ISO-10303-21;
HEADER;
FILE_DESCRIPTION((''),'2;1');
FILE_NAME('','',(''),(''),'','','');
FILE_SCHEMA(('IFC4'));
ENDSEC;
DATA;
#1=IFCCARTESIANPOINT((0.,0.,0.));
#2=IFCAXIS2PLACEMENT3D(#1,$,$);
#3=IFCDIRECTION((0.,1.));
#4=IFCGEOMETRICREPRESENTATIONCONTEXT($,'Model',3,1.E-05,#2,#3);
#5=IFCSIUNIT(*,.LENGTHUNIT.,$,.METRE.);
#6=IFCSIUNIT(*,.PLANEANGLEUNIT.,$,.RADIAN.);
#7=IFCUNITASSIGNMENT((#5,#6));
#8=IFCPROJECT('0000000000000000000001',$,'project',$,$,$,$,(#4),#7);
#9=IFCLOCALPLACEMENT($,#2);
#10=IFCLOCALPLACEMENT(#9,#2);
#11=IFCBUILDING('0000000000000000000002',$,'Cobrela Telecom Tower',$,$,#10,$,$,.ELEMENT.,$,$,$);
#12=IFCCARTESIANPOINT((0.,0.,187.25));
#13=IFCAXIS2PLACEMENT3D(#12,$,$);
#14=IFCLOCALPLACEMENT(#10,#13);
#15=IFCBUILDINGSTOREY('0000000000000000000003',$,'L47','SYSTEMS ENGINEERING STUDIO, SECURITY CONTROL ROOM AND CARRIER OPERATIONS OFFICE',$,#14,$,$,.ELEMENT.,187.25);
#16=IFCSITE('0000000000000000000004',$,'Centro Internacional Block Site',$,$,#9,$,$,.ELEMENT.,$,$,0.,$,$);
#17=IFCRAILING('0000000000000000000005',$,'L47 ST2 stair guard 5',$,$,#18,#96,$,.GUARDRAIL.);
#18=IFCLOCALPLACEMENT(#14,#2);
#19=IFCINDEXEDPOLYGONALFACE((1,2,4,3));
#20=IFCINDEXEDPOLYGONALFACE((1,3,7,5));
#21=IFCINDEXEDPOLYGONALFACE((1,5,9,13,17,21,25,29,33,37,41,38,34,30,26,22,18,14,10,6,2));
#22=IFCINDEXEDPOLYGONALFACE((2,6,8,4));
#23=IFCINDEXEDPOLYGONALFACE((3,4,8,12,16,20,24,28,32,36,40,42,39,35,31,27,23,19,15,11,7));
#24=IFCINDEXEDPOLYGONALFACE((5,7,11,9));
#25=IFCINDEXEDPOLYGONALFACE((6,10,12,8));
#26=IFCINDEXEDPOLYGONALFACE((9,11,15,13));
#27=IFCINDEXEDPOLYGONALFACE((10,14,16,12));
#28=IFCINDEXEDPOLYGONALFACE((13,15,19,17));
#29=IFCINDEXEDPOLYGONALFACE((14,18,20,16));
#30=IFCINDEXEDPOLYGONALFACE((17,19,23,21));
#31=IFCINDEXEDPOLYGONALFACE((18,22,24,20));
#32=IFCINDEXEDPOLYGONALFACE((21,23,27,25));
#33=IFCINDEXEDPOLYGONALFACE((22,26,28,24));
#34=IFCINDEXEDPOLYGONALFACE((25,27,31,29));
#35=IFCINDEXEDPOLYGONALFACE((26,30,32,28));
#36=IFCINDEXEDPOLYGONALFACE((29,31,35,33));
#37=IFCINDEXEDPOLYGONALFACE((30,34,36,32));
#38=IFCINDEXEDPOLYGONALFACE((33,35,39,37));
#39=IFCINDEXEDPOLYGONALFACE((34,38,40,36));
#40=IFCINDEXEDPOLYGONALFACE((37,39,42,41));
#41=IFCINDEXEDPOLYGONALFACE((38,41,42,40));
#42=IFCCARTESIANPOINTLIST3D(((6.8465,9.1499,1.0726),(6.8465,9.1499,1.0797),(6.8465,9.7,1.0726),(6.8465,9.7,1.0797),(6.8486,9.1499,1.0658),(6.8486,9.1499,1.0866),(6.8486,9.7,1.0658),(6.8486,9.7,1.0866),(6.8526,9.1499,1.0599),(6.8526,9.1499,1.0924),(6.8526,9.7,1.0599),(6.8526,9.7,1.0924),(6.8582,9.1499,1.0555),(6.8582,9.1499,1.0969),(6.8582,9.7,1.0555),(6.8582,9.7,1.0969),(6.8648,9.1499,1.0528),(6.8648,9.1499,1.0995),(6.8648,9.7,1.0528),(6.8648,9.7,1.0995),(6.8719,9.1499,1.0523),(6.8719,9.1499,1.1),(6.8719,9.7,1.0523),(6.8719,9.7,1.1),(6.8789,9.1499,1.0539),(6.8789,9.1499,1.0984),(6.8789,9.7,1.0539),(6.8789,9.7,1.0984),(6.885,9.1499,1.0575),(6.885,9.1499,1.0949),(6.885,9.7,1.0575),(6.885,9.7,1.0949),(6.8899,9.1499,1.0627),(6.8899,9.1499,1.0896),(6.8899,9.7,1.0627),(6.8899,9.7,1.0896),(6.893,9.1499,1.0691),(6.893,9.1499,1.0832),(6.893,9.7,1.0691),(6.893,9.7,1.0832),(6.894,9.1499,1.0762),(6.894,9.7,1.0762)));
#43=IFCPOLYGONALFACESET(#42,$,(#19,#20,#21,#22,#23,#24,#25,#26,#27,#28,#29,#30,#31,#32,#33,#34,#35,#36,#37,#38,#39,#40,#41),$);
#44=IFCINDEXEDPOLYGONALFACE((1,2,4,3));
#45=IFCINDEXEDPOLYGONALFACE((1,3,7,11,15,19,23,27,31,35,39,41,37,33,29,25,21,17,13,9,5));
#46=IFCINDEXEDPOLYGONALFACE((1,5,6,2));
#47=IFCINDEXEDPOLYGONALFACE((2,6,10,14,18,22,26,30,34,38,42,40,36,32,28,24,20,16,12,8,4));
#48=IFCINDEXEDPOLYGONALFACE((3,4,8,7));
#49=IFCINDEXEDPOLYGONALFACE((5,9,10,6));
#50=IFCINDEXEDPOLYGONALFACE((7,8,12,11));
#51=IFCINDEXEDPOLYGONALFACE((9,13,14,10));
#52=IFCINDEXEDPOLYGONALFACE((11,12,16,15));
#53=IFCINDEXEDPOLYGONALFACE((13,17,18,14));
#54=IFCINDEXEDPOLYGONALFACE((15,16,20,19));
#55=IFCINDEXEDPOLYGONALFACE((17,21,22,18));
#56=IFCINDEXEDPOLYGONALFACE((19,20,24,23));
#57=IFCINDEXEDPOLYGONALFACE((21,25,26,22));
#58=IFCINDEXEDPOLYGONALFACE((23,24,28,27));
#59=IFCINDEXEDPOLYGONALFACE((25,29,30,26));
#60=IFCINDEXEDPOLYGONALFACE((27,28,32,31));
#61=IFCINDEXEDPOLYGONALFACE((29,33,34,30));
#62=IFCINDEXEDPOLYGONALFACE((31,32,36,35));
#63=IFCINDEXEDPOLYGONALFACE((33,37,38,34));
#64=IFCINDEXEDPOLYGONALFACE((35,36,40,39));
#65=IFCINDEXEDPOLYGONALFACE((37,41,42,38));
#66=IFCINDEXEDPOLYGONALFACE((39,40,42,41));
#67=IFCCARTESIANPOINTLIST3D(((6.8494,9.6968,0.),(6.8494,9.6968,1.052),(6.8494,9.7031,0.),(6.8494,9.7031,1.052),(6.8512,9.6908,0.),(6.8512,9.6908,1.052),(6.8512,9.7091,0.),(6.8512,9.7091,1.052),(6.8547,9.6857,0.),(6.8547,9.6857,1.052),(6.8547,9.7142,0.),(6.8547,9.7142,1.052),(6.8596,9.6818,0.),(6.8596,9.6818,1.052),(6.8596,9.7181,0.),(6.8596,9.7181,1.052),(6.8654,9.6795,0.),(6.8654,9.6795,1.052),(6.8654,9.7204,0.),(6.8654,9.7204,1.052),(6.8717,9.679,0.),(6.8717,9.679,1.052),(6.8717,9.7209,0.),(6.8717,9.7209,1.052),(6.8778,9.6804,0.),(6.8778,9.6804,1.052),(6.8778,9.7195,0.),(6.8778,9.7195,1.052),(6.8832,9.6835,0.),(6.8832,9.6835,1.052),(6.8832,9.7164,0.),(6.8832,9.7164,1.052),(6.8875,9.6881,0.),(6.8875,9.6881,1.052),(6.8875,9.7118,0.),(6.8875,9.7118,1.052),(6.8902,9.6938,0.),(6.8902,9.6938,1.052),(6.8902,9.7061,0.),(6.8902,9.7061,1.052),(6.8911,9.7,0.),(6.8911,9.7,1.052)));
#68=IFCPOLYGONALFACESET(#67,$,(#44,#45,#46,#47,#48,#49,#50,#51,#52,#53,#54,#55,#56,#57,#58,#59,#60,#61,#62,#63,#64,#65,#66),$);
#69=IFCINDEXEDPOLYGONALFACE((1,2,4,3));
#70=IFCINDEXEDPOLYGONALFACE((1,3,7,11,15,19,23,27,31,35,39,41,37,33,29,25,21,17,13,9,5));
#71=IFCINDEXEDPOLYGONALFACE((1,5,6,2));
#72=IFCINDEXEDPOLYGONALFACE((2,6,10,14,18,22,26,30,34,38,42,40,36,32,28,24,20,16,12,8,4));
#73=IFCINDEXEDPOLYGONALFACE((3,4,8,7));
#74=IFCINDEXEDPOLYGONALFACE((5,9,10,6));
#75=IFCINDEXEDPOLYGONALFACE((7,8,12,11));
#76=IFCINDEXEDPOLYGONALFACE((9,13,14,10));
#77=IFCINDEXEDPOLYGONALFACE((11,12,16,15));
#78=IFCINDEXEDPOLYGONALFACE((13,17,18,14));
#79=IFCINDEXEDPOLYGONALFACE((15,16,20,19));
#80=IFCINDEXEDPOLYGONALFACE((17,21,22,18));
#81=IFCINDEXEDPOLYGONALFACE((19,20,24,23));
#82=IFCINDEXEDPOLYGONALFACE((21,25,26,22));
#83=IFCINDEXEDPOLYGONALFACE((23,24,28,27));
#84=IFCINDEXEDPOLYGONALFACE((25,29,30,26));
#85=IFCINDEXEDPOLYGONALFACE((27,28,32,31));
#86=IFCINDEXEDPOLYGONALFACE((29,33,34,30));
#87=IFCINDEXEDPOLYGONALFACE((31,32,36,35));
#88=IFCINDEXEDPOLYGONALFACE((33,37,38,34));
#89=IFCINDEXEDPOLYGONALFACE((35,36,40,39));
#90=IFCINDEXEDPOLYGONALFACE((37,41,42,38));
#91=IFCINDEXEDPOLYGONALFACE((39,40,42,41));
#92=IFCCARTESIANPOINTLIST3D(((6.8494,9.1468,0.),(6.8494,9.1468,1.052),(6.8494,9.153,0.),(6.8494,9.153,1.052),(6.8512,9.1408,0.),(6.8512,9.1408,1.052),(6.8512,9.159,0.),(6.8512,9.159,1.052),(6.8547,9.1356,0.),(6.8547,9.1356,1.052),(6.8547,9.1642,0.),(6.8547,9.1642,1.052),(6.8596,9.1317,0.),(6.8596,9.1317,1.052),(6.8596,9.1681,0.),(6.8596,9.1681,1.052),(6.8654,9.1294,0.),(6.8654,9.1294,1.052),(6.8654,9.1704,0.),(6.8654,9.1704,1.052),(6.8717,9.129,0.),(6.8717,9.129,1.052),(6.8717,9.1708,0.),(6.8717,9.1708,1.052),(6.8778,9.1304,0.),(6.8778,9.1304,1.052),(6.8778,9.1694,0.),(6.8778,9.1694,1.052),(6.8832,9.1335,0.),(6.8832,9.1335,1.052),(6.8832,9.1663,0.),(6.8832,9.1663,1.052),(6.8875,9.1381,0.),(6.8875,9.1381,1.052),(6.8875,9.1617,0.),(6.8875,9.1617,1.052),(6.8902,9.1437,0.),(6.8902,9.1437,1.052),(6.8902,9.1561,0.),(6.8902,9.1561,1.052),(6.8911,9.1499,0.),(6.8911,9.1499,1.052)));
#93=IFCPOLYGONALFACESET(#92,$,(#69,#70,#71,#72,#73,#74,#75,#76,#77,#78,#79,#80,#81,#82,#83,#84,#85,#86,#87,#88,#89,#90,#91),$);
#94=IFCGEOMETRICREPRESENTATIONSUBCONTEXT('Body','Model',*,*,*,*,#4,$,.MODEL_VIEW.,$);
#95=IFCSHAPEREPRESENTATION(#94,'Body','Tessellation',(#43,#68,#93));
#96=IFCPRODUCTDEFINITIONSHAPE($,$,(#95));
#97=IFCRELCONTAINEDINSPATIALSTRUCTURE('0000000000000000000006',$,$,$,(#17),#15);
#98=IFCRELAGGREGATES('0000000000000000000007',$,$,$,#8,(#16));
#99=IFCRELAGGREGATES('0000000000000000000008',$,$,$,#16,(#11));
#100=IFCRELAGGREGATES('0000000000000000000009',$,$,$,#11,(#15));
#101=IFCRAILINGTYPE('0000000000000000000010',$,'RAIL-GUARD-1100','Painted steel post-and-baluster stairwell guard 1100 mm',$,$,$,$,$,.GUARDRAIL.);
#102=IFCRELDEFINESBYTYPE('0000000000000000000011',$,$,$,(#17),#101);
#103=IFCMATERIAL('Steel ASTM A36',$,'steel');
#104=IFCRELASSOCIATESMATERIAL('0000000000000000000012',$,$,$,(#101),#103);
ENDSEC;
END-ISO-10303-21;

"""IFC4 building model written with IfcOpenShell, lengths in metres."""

from ifc_helpers import new_model, si_unit, direction, frame, origin, origin_2d, place, context, subcontext, project, spatial, circle, extrude, material, type_object, element, save


model = new_model("IFC4")

# Units and contexts
model_context = context("Model", 3, precision=1e-05, world=origin(), true_north=direction((0.0, 1.0)))
body_context = subcontext(model_context, "Body", "Model", "MODEL_VIEW")
ifc_project = project(units=[si_unit("LENGTHUNIT", "METRE"), si_unit("PLANEANGLEUNIT", "RADIAN")], contexts=[model_context])

# Site, building, storey
site_placement = place(None, origin())
site = spatial("IfcSite", under=ifc_project, at=site_placement, Name="Centro Internacional Block Site", CompositionType="ELEMENT", RefElevation=0.0)
building_placement = place(site_placement, origin())
building = spatial("IfcBuilding", under=site, at=building_placement, Name="Cobrela Telecom Tower", CompositionType="ELEMENT")
storey_placement = place(building_placement, frame((0.0, 0.0, 187.25)))
storey = spatial("IfcBuildingStorey", under=building, at=storey_placement, Name="L47", Description="SYSTEMS ENGINEERING STUDIO, SECURITY CONTROL ROOM AND CARRIER OPERATIONS OFFICE", CompositionType="ELEMENT", Elevation=187.25)

# Railing
ifc_material_1 = material(Name="Steel ASTM A36", Category="steel")
railing_type_1 = type_object("IfcRailingType", Name="RAIL-GUARD-1100", Description="Painted steel post-and-baluster stairwell guard 1100 mm", PredefinedType="GUARDRAIL", material=ifc_material_1)
railing_1_placement = place(storey_placement, frame((6.8701, 9.7, 0.0)))
element("IfcRailing", 1, at=railing_1_placement, inside=storey, type_object=railing_type_1, Name="L47 ST2 stair guard 5", PredefinedType="GUARDRAIL", context=body_context, shape_type="SweptSolid", body=[
    extrude(circle(Radius=0.0239, at=origin_2d()), frame((0.0, 0.0, 1.0762), z_axis=(0.0, -1.0, 0.0), x_axis=(1.0, 0.0, 0.0)), (0.0, 0.0, 1.0), 0.55),
    extrude(circle(Radius=0.021, at=origin_2d()), origin(), (0.0, 0.0, 1.0), 1.052),
    extrude(circle(Radius=0.021, at=origin_2d()), frame((0.0, -0.55, 0.0)), (0.0, 0.0, 1.0), 1.052),
])

save(model, "model.ifc")
